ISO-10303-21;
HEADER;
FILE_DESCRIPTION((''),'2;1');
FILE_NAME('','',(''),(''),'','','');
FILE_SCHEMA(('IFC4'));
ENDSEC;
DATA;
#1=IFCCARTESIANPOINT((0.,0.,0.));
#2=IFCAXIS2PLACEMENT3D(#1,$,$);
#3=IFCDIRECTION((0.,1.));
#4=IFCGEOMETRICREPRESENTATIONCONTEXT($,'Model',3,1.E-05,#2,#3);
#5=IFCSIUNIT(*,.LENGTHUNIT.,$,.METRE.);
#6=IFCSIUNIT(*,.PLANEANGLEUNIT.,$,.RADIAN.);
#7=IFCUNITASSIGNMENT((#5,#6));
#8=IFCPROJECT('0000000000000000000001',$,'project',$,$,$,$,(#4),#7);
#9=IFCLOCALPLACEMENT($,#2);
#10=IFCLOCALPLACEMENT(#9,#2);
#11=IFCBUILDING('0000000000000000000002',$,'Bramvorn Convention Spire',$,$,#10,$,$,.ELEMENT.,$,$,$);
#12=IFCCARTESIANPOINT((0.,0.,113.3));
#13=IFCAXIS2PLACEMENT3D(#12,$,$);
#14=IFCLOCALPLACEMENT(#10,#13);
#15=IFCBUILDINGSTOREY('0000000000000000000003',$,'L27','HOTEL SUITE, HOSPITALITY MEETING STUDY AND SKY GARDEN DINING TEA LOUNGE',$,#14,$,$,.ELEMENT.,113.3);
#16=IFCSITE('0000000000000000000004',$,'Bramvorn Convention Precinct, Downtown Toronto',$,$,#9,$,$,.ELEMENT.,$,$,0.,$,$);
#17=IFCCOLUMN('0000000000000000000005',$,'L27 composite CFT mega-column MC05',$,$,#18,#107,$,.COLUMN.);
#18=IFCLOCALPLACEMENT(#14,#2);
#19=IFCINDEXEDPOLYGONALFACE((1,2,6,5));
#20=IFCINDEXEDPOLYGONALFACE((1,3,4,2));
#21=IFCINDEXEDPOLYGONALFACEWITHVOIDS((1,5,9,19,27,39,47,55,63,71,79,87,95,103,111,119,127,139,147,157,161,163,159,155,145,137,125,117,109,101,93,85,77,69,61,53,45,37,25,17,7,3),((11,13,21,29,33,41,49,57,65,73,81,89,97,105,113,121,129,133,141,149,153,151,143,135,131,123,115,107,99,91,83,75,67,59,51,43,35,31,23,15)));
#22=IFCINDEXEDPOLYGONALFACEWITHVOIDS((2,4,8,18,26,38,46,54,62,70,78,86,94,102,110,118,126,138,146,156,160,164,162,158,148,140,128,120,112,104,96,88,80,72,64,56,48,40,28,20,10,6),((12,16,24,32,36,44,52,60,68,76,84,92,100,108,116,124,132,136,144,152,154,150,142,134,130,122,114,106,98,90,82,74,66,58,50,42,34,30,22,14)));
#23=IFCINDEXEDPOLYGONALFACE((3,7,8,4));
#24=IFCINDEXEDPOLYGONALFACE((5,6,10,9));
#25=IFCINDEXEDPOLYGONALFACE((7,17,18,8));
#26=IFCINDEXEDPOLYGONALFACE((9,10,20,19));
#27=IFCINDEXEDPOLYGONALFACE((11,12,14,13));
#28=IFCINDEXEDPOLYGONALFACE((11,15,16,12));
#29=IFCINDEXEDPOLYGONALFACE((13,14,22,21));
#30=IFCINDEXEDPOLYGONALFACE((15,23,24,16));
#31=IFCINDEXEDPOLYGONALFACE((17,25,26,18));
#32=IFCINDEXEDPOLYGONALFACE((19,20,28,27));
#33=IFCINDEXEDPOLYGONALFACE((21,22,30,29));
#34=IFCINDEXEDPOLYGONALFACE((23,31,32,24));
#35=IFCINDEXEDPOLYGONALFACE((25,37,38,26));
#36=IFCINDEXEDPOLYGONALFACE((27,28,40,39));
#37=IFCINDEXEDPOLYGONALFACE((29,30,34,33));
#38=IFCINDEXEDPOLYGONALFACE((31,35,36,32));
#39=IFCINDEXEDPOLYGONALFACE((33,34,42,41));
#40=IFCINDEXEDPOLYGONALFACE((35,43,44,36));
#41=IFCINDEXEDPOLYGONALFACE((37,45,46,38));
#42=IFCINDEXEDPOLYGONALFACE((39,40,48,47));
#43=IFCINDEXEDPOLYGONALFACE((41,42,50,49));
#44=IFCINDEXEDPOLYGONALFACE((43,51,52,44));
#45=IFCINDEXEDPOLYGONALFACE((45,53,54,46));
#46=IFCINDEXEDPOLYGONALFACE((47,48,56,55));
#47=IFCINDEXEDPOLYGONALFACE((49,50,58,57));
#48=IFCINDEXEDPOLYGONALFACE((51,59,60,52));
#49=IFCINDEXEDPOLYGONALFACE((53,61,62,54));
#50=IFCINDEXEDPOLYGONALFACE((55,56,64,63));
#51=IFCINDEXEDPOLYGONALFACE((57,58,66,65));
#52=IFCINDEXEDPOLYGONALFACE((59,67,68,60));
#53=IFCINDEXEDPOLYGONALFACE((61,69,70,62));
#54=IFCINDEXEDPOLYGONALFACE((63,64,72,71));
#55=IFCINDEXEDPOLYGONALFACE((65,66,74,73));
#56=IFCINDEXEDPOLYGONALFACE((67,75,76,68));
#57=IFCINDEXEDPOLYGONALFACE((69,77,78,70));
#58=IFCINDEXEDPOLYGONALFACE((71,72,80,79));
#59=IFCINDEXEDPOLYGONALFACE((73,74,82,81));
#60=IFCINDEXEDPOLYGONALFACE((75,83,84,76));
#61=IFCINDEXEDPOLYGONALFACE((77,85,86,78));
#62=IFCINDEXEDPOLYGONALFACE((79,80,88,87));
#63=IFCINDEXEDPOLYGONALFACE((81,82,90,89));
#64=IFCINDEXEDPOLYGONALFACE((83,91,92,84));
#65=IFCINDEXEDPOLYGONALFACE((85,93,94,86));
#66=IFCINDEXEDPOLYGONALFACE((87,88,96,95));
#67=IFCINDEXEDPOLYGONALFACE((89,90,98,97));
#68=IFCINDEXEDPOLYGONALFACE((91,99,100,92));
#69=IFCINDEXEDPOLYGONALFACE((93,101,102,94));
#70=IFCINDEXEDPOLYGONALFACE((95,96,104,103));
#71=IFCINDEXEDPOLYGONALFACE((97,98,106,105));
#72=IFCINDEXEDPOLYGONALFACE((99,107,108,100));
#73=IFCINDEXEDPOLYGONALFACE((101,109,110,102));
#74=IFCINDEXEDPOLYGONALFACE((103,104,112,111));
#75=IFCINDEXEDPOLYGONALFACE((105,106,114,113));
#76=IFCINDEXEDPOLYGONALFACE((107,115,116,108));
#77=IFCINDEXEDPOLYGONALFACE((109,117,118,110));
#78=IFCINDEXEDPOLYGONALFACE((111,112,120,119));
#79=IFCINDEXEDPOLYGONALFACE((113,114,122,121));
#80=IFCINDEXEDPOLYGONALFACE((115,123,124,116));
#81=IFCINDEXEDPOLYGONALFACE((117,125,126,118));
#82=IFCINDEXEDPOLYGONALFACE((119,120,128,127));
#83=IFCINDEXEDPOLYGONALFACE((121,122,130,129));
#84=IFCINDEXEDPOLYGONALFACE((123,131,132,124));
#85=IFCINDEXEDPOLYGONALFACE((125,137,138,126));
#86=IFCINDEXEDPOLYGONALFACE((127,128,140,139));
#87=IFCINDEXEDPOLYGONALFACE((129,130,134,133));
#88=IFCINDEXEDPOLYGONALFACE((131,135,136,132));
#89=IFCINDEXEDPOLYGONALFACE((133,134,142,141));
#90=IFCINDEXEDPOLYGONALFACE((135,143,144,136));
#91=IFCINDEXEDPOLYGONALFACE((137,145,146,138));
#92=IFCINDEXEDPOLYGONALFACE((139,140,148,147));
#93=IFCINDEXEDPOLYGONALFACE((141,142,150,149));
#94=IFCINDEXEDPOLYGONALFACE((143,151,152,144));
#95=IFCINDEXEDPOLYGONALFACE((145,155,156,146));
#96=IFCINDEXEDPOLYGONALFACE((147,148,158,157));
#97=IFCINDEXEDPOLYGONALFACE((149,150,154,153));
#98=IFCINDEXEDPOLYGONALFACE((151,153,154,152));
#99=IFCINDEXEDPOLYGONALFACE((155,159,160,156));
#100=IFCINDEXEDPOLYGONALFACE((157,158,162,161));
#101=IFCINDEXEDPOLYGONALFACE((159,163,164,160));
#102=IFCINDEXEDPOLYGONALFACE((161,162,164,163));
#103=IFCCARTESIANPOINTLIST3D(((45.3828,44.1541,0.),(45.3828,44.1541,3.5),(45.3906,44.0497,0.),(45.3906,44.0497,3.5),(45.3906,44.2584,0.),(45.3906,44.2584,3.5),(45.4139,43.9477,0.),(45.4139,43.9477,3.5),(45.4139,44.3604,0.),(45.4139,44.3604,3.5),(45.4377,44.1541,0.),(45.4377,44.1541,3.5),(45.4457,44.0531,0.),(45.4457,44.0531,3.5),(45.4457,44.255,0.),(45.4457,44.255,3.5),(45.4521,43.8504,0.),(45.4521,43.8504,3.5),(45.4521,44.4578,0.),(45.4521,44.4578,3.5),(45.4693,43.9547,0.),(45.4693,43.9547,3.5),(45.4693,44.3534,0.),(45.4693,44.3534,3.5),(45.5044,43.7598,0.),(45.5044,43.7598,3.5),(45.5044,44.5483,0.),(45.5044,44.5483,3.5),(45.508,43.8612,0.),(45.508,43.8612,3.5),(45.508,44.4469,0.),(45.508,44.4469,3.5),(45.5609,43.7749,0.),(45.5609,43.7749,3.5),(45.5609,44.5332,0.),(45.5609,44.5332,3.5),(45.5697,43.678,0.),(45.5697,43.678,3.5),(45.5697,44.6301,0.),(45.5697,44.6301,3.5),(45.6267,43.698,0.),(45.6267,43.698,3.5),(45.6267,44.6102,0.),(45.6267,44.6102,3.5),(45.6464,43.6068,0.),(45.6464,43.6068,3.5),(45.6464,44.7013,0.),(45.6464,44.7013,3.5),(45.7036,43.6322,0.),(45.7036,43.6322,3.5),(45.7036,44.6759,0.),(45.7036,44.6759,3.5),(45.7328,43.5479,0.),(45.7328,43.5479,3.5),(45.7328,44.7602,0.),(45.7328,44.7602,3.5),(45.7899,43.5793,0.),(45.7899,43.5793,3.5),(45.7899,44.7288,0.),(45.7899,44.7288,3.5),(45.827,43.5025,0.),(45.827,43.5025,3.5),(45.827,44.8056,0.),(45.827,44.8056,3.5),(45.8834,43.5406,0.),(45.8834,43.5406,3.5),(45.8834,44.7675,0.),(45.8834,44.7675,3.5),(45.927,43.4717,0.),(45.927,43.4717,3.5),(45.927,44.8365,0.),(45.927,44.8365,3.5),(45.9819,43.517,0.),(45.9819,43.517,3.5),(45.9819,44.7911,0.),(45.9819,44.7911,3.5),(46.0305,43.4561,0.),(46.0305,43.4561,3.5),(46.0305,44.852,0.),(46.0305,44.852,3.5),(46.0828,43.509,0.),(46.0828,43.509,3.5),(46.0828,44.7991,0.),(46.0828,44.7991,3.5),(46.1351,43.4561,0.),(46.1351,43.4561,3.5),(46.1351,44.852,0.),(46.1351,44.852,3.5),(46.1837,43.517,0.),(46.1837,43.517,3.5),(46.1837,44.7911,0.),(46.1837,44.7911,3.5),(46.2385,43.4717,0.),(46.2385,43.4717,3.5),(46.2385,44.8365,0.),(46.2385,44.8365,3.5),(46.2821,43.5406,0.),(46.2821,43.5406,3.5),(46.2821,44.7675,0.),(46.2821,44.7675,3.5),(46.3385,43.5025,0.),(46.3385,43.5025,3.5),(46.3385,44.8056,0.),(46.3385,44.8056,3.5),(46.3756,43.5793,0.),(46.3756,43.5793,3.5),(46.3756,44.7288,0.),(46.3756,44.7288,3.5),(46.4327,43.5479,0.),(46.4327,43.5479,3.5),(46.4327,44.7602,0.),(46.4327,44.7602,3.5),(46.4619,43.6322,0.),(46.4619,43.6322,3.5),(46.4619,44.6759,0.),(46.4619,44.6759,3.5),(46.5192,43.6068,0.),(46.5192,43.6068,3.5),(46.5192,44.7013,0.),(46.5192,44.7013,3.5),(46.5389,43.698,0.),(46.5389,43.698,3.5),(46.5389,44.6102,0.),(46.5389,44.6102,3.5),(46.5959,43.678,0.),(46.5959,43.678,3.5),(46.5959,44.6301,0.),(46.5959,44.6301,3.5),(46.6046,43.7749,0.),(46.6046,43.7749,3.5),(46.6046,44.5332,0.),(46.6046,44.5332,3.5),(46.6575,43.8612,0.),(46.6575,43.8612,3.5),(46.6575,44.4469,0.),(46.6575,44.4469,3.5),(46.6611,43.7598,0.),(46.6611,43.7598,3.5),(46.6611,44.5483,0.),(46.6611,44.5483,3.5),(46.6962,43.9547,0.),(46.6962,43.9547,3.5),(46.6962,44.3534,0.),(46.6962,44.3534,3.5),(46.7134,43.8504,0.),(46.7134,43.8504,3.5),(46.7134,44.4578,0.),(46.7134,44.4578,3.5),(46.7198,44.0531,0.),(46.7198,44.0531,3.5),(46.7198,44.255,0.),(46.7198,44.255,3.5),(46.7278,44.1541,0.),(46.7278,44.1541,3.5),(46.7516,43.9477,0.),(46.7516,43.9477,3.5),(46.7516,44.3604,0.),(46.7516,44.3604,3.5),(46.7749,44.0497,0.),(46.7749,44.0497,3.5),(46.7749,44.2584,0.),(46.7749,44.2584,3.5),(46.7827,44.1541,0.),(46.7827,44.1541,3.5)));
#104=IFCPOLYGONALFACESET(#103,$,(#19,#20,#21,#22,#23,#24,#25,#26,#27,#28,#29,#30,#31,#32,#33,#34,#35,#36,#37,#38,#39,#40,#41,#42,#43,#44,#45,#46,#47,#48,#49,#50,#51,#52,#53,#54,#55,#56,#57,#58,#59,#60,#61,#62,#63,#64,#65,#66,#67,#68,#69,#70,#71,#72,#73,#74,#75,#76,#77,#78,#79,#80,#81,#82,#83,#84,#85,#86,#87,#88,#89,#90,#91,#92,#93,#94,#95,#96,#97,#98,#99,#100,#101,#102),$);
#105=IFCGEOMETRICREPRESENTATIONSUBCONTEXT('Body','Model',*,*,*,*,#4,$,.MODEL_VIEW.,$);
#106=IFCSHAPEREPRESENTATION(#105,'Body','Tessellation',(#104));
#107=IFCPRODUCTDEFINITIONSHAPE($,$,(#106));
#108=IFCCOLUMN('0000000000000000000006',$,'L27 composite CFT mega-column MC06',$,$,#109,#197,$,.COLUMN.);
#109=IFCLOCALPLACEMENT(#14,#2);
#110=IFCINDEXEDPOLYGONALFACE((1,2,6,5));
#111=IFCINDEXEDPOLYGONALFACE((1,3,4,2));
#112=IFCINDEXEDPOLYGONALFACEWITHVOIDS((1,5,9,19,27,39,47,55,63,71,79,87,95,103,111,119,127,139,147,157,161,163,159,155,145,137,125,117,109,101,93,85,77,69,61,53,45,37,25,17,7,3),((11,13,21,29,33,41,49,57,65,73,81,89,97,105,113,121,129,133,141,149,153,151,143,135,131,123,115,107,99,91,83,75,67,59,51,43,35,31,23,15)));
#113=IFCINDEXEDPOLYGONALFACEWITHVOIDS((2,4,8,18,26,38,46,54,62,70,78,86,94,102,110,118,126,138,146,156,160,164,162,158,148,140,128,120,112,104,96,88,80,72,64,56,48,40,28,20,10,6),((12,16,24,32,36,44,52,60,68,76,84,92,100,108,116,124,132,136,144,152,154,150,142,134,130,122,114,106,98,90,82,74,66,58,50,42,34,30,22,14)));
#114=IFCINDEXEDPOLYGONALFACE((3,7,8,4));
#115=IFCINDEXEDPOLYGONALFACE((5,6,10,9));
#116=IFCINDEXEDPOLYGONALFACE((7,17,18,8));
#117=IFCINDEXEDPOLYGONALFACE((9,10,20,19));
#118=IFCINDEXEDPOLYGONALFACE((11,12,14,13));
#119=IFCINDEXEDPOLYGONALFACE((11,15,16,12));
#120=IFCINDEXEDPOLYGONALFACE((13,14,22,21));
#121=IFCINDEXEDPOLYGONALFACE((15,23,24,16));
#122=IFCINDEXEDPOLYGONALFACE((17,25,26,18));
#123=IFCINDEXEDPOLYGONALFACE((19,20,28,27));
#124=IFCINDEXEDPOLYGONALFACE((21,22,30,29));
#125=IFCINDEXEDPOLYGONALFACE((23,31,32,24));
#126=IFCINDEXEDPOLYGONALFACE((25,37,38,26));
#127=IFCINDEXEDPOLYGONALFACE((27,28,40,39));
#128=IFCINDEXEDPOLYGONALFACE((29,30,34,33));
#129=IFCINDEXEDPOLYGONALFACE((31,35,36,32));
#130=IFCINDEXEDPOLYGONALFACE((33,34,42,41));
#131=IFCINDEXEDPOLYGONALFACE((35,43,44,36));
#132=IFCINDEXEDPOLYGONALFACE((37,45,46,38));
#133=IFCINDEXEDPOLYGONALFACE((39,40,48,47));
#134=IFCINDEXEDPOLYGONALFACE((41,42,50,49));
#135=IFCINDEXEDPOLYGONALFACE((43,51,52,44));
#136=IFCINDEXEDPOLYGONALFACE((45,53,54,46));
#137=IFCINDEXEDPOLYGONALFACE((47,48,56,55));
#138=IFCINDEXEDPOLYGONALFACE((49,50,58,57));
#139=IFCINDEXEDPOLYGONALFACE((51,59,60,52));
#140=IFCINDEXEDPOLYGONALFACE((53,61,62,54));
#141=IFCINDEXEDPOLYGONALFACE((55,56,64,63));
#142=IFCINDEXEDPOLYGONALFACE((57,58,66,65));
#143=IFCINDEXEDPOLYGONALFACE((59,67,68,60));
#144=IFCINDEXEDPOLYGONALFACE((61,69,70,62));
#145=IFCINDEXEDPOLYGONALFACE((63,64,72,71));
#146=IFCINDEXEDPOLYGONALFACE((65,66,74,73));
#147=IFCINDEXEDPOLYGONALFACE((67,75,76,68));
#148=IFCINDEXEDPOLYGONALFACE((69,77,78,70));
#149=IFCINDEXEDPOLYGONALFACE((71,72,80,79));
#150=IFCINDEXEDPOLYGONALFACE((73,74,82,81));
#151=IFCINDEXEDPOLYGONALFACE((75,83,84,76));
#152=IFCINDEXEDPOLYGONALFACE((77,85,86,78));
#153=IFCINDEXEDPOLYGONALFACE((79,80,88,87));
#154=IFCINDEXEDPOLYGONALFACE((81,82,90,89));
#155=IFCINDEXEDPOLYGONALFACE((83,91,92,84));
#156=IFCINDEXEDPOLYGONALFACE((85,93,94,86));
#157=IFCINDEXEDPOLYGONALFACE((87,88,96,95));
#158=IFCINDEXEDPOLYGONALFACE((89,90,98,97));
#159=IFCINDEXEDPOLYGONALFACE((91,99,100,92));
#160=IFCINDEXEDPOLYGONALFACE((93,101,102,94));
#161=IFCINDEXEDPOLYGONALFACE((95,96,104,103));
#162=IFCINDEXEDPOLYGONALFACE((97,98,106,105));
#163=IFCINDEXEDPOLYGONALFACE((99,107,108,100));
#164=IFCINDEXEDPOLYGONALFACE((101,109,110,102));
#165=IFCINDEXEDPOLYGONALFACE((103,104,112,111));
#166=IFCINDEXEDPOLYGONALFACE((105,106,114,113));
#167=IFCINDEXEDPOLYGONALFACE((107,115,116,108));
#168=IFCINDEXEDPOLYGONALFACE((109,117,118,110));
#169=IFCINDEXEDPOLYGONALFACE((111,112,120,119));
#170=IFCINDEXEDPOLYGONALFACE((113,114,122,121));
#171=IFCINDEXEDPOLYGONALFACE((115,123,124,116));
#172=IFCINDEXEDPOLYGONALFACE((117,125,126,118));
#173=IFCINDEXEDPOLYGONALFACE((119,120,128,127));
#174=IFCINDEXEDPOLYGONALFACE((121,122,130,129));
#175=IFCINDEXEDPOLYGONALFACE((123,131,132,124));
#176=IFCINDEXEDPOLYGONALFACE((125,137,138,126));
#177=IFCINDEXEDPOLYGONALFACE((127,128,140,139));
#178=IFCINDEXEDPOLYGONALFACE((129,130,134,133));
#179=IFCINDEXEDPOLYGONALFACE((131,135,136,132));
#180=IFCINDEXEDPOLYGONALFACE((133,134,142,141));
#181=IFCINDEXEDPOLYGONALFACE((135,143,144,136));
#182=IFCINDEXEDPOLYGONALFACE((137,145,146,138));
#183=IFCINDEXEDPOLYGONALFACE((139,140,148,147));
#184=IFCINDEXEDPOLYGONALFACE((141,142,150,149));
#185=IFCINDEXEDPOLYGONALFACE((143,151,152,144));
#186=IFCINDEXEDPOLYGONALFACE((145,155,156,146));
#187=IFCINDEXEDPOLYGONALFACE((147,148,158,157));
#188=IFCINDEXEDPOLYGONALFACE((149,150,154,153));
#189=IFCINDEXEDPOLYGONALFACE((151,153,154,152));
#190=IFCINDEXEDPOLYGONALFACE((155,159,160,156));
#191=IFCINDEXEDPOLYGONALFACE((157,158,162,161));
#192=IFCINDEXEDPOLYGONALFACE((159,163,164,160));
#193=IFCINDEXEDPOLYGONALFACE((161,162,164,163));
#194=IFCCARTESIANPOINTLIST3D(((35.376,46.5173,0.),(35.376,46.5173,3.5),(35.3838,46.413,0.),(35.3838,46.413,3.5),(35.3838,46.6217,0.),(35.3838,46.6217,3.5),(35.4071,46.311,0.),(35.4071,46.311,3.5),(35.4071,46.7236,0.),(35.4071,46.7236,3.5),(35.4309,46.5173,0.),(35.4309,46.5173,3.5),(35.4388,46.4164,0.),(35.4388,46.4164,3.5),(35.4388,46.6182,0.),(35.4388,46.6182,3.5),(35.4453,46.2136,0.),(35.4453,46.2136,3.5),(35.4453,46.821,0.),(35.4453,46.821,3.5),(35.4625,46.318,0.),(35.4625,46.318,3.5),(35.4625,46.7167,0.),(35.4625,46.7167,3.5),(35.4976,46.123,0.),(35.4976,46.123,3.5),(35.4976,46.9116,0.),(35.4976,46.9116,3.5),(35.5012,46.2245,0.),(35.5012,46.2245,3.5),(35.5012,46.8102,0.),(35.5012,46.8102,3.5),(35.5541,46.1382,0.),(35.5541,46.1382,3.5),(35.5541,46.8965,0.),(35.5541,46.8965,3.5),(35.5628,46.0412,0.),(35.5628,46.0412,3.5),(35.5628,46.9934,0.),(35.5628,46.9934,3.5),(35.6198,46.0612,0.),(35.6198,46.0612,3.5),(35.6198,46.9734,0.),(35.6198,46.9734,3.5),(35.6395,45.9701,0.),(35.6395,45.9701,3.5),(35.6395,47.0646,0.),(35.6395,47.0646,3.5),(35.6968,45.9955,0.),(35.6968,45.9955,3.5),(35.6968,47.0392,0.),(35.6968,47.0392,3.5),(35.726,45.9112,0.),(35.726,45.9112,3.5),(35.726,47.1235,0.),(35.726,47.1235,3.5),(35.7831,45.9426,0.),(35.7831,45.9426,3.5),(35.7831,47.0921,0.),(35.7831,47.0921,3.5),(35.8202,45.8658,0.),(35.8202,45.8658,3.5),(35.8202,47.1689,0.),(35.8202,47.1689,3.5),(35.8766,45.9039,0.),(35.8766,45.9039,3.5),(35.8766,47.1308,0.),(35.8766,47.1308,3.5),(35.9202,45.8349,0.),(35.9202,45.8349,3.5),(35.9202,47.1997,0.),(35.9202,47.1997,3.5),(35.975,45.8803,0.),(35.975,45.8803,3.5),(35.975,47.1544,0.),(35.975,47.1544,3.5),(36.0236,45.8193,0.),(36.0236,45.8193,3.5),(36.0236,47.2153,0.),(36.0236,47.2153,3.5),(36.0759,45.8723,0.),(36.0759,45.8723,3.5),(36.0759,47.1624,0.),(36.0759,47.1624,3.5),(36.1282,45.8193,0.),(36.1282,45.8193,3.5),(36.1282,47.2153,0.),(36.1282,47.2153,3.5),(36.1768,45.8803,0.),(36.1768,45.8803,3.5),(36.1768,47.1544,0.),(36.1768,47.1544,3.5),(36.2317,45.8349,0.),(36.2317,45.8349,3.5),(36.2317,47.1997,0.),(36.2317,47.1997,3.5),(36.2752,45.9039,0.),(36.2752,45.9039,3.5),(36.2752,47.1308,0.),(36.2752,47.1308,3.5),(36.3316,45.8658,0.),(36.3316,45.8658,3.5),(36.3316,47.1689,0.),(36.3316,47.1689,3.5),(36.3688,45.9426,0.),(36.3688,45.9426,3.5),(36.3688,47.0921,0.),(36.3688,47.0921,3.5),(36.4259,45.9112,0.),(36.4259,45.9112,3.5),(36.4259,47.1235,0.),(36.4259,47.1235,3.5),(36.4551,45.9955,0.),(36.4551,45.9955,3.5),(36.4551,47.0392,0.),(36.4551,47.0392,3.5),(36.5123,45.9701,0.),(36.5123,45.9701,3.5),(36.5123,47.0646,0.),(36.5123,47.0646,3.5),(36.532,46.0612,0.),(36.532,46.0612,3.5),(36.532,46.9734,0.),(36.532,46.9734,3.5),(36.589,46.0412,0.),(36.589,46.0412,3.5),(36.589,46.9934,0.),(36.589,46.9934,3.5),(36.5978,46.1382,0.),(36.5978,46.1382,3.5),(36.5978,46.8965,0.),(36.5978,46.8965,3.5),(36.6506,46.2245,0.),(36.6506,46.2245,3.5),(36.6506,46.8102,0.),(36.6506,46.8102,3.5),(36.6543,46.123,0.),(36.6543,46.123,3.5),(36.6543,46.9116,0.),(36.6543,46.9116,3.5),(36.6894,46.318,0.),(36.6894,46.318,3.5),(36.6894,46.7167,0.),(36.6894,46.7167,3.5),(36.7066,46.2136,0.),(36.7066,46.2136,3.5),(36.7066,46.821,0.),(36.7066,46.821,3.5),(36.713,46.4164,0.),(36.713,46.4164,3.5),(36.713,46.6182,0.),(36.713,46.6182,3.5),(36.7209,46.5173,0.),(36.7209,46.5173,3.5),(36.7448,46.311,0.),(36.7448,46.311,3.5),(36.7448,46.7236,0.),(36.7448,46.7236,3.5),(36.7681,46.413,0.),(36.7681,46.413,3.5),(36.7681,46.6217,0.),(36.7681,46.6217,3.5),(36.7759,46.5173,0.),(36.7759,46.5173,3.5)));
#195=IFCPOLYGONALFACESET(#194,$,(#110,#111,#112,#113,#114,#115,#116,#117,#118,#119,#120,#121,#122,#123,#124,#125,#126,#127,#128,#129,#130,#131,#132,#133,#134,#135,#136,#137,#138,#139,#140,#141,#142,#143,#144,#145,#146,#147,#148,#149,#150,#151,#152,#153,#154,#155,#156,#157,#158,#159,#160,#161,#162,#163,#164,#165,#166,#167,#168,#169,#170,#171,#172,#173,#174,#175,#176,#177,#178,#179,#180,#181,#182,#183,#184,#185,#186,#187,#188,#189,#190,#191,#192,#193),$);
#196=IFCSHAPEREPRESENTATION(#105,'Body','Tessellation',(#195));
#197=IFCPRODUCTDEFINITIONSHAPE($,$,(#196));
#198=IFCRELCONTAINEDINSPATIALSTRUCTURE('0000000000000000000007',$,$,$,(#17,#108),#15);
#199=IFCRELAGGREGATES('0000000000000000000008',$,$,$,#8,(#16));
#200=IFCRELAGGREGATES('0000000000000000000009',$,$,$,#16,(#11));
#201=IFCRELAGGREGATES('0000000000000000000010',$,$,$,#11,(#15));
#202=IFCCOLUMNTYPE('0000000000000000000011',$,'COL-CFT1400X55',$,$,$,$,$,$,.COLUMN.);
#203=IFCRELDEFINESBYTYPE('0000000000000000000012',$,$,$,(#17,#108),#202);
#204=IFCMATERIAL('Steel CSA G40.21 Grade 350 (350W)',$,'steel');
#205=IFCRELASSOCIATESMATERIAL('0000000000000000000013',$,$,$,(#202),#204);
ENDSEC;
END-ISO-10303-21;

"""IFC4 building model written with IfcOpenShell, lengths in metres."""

from ifc_helpers import new_model, si_unit, direction, frame, origin, origin_2d, place, context, subcontext, project, spatial, hollow_circle, extrude, material, material_profile, profile_set, type_object, element, save


model = new_model("IFC4")

# Units and contexts
model_context = context("Model", 3, precision=1e-05, world=origin(), true_north=direction((0.0, 1.0)))
body_context = subcontext(model_context, "Body", "Model", "MODEL_VIEW")
ifc_project = project(units=[si_unit("LENGTHUNIT", "METRE"), si_unit("PLANEANGLEUNIT", "RADIAN")], contexts=[model_context])

# Site, building, storey
site_placement = place(None, origin())
site = spatial("IfcSite", under=ifc_project, at=site_placement, Name="Bramvorn Convention Precinct, Downtown Toronto", CompositionType="ELEMENT", RefElevation=0.0)
building_placement = place(site_placement, origin())
building = spatial("IfcBuilding", under=site, at=building_placement, Name="Bramvorn Convention Spire", CompositionType="ELEMENT")
storey_placement = place(building_placement, frame((0.0, 0.0, 113.3)))
storey = spatial("IfcBuildingStorey", under=building, at=storey_placement, Name="L27", Description="HOTEL SUITE, HOSPITALITY MEETING STUDY AND SKY GARDEN DINING TEA LOUNGE", CompositionType="ELEMENT", Elevation=113.3)

# Columns
ifc_material_1 = material(Name="Steel CSA G40.21 Grade 350 (350W)", Category="steel")
ifc_material_profile_1 = material_profile(ifc_material_1, hollow_circle(Radius=0.7, WallThickness=0.0549, at=origin_2d()))
ifc_profile_set_1 = profile_set([ifc_material_profile_1], Name="Steel CSA G40.21 Grade 350 (350W) - CFT1400X55")
column_type = type_object("IfcColumnType", Name="COL-CFT1400X55", PredefinedType="COLUMN", material=ifc_profile_set_1)
for number, where, z_axis, x_axis, name in (
    (1, (46.0828, 44.1541, 0.0), (0.0, 0.0, 1.0), (1.0, 0.0, 0.0), "L27 composite CFT mega-column MC05"),
    (2, (36.0759, 46.5173, 0.0), (0.0, 0.0, 1.0), (1.0, 0.0, 0.0), "L27 composite CFT mega-column MC06"),
):
    element("IfcColumn", number, at=place(storey_placement, frame(where, z_axis=z_axis, x_axis=x_axis)), inside=storey, type_object=column_type, Name=name, PredefinedType="COLUMN", context=body_context, shape_type="SweptSolid", body=[
        extrude(hollow_circle(Radius=0.7, WallThickness=0.0549, at=origin_2d()), origin(), (0.0, 0.0, 1.0), 3.5),
    ])

save(model, "model.ifc")
